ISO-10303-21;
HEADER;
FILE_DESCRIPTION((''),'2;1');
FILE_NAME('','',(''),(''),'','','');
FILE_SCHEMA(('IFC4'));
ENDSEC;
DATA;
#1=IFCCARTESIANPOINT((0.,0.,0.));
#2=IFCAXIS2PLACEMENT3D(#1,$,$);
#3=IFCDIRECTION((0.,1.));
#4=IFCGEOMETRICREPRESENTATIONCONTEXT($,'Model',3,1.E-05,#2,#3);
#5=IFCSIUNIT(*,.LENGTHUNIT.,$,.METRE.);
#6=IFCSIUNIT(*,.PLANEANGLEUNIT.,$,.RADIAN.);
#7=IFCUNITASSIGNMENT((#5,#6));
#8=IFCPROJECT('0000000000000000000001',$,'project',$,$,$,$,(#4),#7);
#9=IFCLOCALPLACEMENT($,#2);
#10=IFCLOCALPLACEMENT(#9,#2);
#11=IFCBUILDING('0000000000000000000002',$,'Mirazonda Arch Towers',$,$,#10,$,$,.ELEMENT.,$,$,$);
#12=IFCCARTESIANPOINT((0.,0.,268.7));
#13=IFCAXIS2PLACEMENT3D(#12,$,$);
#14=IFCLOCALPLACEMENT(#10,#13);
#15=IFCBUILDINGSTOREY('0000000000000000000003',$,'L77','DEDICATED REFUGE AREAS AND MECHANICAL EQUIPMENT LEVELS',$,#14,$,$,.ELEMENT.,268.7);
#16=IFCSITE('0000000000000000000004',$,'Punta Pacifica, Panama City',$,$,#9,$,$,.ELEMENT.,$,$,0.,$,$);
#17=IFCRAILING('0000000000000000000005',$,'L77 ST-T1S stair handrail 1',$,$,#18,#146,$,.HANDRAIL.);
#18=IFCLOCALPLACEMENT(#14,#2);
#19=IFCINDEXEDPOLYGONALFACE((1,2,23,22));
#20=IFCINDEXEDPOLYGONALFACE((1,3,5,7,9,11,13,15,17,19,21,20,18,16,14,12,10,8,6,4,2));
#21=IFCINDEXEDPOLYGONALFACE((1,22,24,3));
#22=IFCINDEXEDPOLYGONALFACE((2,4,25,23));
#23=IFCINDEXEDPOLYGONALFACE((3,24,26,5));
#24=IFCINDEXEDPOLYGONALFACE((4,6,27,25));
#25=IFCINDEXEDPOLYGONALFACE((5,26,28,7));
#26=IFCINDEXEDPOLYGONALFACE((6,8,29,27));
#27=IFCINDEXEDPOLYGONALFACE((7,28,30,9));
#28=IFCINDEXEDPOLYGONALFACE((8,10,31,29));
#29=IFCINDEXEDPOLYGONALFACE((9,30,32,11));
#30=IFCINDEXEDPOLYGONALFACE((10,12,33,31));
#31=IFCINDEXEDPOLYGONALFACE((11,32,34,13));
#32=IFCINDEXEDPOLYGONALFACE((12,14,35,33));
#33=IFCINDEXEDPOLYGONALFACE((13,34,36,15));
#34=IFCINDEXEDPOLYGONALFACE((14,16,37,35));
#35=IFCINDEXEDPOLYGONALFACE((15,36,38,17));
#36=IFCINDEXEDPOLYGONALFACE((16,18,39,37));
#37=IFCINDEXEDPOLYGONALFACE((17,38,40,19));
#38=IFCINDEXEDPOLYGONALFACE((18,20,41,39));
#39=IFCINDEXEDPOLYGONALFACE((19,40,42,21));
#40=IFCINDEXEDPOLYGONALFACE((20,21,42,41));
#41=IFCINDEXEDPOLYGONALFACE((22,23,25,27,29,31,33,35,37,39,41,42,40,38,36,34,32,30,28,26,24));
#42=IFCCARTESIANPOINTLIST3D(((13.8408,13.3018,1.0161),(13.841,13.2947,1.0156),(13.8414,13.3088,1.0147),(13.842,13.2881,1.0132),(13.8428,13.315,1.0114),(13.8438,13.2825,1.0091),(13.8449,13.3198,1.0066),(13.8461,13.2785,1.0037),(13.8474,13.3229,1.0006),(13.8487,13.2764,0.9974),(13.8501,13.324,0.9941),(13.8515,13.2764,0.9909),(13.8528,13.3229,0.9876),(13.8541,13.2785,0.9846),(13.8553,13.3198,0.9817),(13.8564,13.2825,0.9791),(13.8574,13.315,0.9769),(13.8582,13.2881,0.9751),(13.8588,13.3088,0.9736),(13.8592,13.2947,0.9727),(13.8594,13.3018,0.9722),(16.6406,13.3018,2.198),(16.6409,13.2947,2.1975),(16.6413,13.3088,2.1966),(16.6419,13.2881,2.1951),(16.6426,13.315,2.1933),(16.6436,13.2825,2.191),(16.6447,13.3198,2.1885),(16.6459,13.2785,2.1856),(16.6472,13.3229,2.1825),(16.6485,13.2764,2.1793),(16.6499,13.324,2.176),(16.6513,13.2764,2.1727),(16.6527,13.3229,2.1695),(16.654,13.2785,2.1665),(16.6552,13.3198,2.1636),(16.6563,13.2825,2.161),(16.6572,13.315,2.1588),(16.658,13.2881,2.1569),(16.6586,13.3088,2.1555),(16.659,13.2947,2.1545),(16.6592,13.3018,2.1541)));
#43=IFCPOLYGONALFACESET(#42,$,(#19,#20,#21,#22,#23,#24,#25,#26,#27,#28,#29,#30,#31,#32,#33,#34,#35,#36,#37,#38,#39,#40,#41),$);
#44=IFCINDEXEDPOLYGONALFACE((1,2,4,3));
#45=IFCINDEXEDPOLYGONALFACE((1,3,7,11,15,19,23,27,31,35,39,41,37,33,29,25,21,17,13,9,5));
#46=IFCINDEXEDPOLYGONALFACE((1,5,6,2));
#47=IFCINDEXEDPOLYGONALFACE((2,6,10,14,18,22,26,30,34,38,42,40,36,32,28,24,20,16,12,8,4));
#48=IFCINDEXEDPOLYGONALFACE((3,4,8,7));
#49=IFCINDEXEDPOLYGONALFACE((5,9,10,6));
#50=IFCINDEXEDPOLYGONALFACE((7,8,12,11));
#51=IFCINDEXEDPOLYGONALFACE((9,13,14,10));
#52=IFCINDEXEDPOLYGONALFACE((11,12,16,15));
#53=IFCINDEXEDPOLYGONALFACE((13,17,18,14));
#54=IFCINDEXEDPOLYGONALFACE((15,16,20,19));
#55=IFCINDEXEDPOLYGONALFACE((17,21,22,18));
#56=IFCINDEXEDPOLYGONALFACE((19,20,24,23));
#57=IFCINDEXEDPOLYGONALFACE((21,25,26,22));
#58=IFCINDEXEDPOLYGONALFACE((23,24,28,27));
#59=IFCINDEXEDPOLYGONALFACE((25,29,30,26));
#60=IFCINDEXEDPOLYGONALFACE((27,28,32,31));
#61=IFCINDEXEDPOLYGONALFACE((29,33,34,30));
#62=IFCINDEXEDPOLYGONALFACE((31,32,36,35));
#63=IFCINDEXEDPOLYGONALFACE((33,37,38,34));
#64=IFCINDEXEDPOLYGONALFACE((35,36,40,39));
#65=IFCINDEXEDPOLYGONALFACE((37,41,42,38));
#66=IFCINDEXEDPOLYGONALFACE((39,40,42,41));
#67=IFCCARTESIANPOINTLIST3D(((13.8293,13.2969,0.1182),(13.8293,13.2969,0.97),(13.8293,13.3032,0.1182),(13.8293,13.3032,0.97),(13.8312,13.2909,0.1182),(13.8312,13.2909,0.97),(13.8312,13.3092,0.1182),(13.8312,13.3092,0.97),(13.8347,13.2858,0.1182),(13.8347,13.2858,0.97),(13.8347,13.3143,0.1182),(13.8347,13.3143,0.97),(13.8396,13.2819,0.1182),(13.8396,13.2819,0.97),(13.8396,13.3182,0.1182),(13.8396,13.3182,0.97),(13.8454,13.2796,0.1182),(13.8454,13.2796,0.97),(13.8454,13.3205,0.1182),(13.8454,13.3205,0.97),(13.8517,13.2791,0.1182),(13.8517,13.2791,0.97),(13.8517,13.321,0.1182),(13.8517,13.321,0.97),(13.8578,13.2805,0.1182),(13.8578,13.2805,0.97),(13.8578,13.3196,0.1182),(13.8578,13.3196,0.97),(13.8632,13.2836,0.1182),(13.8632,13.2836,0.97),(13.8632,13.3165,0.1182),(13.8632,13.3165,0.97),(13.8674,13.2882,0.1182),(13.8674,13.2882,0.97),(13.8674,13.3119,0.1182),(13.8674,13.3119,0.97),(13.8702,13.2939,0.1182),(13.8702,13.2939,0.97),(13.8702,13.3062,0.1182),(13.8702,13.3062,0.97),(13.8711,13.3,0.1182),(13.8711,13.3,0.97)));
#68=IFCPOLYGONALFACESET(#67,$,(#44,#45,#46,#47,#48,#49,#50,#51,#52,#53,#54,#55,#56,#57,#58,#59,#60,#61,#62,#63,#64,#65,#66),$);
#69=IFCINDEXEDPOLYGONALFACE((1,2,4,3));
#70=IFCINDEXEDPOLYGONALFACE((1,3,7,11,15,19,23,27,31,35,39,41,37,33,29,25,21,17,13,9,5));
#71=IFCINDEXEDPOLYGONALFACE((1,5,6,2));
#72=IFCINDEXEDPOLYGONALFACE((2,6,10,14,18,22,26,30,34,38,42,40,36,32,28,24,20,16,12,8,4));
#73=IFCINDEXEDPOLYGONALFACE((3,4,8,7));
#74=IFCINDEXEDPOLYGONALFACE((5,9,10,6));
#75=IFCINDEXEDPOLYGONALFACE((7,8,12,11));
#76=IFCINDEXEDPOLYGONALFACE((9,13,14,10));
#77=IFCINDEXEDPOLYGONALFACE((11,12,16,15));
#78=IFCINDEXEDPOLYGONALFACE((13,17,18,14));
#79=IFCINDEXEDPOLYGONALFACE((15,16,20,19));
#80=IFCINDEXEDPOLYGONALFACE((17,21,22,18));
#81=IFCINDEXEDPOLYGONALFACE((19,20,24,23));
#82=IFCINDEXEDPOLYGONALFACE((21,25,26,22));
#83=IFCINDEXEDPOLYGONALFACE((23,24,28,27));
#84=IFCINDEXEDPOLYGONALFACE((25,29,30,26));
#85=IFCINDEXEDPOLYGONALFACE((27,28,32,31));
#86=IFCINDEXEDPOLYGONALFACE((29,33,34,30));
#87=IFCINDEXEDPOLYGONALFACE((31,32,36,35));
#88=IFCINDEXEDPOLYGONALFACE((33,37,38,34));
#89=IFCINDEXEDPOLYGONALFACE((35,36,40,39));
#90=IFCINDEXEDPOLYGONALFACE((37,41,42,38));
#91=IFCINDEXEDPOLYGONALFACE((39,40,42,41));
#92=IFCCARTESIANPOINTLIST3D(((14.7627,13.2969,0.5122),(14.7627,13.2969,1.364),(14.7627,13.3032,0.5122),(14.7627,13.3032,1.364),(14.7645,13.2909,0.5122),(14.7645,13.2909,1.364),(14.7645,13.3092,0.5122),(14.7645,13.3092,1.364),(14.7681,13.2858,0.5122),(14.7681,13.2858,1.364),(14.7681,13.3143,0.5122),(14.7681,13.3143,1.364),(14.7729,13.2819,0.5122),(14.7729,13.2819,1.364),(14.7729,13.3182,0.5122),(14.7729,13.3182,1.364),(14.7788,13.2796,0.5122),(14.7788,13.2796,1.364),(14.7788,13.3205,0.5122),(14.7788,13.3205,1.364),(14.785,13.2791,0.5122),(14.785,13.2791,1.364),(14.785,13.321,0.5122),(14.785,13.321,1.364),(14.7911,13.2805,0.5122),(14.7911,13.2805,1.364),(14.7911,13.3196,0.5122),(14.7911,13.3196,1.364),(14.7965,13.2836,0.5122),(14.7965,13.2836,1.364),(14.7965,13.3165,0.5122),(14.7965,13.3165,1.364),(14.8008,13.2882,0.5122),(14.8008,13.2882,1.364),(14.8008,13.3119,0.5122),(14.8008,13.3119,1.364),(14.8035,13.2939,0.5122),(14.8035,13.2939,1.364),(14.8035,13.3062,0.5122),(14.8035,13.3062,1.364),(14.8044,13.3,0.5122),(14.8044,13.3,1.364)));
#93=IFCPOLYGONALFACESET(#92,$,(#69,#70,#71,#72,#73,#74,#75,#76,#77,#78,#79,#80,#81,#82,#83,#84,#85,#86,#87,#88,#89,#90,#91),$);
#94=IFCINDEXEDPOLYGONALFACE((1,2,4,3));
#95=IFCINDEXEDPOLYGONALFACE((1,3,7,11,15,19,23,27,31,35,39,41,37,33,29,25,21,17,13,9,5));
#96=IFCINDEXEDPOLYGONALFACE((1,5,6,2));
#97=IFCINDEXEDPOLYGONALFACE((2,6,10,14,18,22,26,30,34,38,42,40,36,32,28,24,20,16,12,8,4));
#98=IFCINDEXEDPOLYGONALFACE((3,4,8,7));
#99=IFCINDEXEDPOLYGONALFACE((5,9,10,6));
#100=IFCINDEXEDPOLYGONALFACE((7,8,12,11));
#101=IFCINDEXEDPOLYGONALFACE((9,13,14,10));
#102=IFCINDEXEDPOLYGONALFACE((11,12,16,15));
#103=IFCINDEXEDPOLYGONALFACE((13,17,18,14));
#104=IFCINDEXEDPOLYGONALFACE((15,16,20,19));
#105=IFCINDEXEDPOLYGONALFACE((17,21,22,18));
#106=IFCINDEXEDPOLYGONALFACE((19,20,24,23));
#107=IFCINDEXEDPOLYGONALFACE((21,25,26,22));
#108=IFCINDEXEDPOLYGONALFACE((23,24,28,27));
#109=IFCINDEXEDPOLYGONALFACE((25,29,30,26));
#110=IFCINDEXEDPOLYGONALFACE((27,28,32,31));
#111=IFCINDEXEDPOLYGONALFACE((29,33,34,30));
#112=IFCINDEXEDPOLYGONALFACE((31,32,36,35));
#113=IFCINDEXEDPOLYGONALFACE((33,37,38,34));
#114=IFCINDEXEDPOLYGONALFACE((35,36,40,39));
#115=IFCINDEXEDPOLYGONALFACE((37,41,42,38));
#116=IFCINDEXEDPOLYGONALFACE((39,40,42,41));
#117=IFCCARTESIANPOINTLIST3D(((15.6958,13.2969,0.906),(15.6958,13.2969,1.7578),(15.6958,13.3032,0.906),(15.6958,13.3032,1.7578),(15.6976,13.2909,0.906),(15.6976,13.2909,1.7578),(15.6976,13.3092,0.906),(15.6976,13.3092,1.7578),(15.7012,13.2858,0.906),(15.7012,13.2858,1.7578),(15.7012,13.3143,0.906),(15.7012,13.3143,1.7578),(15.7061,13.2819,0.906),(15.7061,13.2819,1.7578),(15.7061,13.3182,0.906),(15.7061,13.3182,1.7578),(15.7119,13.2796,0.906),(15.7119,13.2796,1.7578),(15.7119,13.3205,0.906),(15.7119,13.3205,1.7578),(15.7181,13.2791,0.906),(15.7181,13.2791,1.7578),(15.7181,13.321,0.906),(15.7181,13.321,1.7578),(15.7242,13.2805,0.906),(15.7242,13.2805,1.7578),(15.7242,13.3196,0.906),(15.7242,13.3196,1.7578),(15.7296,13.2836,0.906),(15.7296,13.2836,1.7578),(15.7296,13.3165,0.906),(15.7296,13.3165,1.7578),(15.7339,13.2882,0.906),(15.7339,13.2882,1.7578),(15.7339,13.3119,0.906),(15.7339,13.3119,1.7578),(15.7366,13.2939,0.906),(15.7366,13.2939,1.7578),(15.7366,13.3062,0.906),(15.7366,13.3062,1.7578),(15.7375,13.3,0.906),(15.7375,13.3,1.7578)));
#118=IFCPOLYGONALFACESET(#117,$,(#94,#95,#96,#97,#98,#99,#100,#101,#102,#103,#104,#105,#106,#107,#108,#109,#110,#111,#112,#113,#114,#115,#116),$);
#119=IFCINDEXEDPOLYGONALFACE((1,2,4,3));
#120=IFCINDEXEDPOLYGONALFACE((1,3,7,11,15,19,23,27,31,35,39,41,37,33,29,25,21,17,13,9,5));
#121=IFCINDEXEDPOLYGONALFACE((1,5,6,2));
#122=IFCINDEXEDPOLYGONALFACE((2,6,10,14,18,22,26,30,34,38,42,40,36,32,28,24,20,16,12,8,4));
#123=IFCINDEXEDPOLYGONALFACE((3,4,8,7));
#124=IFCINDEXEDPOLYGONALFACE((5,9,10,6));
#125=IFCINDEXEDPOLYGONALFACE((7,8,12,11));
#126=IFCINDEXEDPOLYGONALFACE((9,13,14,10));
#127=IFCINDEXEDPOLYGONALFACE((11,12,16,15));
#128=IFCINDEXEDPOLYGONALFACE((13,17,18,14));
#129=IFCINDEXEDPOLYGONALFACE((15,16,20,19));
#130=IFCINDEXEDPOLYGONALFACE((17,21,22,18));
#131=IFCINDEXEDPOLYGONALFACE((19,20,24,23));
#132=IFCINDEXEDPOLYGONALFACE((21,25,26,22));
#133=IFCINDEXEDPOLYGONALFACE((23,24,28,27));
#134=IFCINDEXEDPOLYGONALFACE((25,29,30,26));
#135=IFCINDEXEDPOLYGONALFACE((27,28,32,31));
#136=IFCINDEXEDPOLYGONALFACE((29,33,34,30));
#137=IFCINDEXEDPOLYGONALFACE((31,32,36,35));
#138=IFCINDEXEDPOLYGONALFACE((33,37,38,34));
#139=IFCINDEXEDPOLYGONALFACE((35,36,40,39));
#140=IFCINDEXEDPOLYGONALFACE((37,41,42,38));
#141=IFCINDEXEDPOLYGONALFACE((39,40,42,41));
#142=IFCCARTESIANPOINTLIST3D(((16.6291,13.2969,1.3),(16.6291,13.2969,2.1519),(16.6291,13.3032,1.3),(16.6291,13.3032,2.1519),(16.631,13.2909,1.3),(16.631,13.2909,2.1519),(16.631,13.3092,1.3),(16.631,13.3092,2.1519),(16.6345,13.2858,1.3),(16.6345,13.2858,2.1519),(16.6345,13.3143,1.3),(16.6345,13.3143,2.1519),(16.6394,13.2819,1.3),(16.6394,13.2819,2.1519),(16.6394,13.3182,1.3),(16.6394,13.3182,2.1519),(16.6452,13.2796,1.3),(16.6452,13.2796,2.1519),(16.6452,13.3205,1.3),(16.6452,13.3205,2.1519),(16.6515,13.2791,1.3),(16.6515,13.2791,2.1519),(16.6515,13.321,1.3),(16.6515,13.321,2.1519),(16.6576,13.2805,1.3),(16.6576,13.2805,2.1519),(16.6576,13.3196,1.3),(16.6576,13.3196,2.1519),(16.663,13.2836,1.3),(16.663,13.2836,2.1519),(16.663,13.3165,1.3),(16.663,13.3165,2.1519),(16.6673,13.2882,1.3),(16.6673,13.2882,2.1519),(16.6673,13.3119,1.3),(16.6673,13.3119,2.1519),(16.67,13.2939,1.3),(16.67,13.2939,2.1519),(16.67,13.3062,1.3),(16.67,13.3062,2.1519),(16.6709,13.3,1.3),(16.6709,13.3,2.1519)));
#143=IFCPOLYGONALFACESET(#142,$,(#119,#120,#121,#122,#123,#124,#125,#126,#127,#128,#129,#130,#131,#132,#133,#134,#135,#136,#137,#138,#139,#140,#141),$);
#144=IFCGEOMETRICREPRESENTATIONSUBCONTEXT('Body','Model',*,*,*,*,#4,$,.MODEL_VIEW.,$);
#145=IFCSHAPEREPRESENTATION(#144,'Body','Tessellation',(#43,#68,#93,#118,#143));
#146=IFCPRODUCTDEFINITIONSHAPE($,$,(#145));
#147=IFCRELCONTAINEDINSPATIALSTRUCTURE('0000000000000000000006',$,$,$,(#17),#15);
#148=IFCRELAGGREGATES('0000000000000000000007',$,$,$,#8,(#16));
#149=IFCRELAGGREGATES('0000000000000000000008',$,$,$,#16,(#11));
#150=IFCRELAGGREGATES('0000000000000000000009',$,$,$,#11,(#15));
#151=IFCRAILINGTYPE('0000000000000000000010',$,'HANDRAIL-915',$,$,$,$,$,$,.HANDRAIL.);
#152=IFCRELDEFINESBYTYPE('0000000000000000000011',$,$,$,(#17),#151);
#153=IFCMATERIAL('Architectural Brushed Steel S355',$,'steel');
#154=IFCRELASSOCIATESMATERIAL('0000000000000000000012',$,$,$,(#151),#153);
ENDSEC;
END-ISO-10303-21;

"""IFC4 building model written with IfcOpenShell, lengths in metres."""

from ifc_helpers import new_model, si_unit, direction, frame, origin, origin_2d, place, context, subcontext, project, spatial, circle, extrude, material, type_object, element, save


model = new_model("IFC4")

# Units and contexts
model_context = context("Model", 3, precision=1e-05, world=origin(), true_north=direction((0.0, 1.0)))
body_context = subcontext(model_context, "Body", "Model", "MODEL_VIEW")
ifc_project = project(units=[si_unit("LENGTHUNIT", "METRE"), si_unit("PLANEANGLEUNIT", "RADIAN")], contexts=[model_context])

# Site, building, storey
site_placement = place(None, origin())
site = spatial("IfcSite", under=ifc_project, at=site_placement, Name="Punta Pacifica, Panama City", CompositionType="ELEMENT", RefElevation=0.0)
building_placement = place(site_placement, origin())
building = spatial("IfcBuilding", under=site, at=building_placement, Name="Mirazonda Arch Towers", CompositionType="ELEMENT")
storey_placement = place(building_placement, frame((0.0, 0.0, 268.7)))
storey = spatial("IfcBuildingStorey", under=building, at=storey_placement, Name="L77", Description="DEDICATED REFUGE AREAS AND MECHANICAL EQUIPMENT LEVELS", CompositionType="ELEMENT", Elevation=268.7)

# Shared definitions
ifc_material_1 = material(Name="Architectural Brushed Steel S355", Category="steel")

# Railing
railing_type_1 = type_object("IfcRailingType", Name="HANDRAIL-915", PredefinedType="HANDRAIL", material=ifc_material_1)
railing_1_placement = place(storey_placement, frame((13.8501, 13.3, 0.1182)))
element("IfcRailing", 1, at=railing_1_placement, inside=storey, type_object=railing_type_1, Name="L77 ST-T1S stair handrail 1", PredefinedType="HANDRAIL", context=body_context, shape_type="SweptSolid", body=[
    extrude(circle(Radius=0.0239, at=origin_2d()), frame((0.0, 0.0, 0.876), z_axis=(0.92128, 0.0, 0.388901), x_axis=(0.0, 1.0, 0.0)), (0.0, 0.0, 1.0), 3.0391),
    extrude(circle(Radius=0.021, at=origin_2d()), origin(), (0.0, 0.0, 1.0), 0.8518),
    extrude(circle(Radius=0.021, at=origin_2d()), frame((0.9333, 0.0, 0.394)), (0.0, 0.0, 1.0), 0.8518),
    extrude(circle(Radius=0.021, at=origin_2d()), frame((1.8665, 0.0, 0.7878)), (0.0, 0.0, 1.0), 0.8518),
    extrude(circle(Radius=0.021, at=origin_2d()), frame((2.7998, 0.0, 1.1819)), (0.0, 0.0, 1.0), 0.8518),
])

save(model, "model.ifc")
